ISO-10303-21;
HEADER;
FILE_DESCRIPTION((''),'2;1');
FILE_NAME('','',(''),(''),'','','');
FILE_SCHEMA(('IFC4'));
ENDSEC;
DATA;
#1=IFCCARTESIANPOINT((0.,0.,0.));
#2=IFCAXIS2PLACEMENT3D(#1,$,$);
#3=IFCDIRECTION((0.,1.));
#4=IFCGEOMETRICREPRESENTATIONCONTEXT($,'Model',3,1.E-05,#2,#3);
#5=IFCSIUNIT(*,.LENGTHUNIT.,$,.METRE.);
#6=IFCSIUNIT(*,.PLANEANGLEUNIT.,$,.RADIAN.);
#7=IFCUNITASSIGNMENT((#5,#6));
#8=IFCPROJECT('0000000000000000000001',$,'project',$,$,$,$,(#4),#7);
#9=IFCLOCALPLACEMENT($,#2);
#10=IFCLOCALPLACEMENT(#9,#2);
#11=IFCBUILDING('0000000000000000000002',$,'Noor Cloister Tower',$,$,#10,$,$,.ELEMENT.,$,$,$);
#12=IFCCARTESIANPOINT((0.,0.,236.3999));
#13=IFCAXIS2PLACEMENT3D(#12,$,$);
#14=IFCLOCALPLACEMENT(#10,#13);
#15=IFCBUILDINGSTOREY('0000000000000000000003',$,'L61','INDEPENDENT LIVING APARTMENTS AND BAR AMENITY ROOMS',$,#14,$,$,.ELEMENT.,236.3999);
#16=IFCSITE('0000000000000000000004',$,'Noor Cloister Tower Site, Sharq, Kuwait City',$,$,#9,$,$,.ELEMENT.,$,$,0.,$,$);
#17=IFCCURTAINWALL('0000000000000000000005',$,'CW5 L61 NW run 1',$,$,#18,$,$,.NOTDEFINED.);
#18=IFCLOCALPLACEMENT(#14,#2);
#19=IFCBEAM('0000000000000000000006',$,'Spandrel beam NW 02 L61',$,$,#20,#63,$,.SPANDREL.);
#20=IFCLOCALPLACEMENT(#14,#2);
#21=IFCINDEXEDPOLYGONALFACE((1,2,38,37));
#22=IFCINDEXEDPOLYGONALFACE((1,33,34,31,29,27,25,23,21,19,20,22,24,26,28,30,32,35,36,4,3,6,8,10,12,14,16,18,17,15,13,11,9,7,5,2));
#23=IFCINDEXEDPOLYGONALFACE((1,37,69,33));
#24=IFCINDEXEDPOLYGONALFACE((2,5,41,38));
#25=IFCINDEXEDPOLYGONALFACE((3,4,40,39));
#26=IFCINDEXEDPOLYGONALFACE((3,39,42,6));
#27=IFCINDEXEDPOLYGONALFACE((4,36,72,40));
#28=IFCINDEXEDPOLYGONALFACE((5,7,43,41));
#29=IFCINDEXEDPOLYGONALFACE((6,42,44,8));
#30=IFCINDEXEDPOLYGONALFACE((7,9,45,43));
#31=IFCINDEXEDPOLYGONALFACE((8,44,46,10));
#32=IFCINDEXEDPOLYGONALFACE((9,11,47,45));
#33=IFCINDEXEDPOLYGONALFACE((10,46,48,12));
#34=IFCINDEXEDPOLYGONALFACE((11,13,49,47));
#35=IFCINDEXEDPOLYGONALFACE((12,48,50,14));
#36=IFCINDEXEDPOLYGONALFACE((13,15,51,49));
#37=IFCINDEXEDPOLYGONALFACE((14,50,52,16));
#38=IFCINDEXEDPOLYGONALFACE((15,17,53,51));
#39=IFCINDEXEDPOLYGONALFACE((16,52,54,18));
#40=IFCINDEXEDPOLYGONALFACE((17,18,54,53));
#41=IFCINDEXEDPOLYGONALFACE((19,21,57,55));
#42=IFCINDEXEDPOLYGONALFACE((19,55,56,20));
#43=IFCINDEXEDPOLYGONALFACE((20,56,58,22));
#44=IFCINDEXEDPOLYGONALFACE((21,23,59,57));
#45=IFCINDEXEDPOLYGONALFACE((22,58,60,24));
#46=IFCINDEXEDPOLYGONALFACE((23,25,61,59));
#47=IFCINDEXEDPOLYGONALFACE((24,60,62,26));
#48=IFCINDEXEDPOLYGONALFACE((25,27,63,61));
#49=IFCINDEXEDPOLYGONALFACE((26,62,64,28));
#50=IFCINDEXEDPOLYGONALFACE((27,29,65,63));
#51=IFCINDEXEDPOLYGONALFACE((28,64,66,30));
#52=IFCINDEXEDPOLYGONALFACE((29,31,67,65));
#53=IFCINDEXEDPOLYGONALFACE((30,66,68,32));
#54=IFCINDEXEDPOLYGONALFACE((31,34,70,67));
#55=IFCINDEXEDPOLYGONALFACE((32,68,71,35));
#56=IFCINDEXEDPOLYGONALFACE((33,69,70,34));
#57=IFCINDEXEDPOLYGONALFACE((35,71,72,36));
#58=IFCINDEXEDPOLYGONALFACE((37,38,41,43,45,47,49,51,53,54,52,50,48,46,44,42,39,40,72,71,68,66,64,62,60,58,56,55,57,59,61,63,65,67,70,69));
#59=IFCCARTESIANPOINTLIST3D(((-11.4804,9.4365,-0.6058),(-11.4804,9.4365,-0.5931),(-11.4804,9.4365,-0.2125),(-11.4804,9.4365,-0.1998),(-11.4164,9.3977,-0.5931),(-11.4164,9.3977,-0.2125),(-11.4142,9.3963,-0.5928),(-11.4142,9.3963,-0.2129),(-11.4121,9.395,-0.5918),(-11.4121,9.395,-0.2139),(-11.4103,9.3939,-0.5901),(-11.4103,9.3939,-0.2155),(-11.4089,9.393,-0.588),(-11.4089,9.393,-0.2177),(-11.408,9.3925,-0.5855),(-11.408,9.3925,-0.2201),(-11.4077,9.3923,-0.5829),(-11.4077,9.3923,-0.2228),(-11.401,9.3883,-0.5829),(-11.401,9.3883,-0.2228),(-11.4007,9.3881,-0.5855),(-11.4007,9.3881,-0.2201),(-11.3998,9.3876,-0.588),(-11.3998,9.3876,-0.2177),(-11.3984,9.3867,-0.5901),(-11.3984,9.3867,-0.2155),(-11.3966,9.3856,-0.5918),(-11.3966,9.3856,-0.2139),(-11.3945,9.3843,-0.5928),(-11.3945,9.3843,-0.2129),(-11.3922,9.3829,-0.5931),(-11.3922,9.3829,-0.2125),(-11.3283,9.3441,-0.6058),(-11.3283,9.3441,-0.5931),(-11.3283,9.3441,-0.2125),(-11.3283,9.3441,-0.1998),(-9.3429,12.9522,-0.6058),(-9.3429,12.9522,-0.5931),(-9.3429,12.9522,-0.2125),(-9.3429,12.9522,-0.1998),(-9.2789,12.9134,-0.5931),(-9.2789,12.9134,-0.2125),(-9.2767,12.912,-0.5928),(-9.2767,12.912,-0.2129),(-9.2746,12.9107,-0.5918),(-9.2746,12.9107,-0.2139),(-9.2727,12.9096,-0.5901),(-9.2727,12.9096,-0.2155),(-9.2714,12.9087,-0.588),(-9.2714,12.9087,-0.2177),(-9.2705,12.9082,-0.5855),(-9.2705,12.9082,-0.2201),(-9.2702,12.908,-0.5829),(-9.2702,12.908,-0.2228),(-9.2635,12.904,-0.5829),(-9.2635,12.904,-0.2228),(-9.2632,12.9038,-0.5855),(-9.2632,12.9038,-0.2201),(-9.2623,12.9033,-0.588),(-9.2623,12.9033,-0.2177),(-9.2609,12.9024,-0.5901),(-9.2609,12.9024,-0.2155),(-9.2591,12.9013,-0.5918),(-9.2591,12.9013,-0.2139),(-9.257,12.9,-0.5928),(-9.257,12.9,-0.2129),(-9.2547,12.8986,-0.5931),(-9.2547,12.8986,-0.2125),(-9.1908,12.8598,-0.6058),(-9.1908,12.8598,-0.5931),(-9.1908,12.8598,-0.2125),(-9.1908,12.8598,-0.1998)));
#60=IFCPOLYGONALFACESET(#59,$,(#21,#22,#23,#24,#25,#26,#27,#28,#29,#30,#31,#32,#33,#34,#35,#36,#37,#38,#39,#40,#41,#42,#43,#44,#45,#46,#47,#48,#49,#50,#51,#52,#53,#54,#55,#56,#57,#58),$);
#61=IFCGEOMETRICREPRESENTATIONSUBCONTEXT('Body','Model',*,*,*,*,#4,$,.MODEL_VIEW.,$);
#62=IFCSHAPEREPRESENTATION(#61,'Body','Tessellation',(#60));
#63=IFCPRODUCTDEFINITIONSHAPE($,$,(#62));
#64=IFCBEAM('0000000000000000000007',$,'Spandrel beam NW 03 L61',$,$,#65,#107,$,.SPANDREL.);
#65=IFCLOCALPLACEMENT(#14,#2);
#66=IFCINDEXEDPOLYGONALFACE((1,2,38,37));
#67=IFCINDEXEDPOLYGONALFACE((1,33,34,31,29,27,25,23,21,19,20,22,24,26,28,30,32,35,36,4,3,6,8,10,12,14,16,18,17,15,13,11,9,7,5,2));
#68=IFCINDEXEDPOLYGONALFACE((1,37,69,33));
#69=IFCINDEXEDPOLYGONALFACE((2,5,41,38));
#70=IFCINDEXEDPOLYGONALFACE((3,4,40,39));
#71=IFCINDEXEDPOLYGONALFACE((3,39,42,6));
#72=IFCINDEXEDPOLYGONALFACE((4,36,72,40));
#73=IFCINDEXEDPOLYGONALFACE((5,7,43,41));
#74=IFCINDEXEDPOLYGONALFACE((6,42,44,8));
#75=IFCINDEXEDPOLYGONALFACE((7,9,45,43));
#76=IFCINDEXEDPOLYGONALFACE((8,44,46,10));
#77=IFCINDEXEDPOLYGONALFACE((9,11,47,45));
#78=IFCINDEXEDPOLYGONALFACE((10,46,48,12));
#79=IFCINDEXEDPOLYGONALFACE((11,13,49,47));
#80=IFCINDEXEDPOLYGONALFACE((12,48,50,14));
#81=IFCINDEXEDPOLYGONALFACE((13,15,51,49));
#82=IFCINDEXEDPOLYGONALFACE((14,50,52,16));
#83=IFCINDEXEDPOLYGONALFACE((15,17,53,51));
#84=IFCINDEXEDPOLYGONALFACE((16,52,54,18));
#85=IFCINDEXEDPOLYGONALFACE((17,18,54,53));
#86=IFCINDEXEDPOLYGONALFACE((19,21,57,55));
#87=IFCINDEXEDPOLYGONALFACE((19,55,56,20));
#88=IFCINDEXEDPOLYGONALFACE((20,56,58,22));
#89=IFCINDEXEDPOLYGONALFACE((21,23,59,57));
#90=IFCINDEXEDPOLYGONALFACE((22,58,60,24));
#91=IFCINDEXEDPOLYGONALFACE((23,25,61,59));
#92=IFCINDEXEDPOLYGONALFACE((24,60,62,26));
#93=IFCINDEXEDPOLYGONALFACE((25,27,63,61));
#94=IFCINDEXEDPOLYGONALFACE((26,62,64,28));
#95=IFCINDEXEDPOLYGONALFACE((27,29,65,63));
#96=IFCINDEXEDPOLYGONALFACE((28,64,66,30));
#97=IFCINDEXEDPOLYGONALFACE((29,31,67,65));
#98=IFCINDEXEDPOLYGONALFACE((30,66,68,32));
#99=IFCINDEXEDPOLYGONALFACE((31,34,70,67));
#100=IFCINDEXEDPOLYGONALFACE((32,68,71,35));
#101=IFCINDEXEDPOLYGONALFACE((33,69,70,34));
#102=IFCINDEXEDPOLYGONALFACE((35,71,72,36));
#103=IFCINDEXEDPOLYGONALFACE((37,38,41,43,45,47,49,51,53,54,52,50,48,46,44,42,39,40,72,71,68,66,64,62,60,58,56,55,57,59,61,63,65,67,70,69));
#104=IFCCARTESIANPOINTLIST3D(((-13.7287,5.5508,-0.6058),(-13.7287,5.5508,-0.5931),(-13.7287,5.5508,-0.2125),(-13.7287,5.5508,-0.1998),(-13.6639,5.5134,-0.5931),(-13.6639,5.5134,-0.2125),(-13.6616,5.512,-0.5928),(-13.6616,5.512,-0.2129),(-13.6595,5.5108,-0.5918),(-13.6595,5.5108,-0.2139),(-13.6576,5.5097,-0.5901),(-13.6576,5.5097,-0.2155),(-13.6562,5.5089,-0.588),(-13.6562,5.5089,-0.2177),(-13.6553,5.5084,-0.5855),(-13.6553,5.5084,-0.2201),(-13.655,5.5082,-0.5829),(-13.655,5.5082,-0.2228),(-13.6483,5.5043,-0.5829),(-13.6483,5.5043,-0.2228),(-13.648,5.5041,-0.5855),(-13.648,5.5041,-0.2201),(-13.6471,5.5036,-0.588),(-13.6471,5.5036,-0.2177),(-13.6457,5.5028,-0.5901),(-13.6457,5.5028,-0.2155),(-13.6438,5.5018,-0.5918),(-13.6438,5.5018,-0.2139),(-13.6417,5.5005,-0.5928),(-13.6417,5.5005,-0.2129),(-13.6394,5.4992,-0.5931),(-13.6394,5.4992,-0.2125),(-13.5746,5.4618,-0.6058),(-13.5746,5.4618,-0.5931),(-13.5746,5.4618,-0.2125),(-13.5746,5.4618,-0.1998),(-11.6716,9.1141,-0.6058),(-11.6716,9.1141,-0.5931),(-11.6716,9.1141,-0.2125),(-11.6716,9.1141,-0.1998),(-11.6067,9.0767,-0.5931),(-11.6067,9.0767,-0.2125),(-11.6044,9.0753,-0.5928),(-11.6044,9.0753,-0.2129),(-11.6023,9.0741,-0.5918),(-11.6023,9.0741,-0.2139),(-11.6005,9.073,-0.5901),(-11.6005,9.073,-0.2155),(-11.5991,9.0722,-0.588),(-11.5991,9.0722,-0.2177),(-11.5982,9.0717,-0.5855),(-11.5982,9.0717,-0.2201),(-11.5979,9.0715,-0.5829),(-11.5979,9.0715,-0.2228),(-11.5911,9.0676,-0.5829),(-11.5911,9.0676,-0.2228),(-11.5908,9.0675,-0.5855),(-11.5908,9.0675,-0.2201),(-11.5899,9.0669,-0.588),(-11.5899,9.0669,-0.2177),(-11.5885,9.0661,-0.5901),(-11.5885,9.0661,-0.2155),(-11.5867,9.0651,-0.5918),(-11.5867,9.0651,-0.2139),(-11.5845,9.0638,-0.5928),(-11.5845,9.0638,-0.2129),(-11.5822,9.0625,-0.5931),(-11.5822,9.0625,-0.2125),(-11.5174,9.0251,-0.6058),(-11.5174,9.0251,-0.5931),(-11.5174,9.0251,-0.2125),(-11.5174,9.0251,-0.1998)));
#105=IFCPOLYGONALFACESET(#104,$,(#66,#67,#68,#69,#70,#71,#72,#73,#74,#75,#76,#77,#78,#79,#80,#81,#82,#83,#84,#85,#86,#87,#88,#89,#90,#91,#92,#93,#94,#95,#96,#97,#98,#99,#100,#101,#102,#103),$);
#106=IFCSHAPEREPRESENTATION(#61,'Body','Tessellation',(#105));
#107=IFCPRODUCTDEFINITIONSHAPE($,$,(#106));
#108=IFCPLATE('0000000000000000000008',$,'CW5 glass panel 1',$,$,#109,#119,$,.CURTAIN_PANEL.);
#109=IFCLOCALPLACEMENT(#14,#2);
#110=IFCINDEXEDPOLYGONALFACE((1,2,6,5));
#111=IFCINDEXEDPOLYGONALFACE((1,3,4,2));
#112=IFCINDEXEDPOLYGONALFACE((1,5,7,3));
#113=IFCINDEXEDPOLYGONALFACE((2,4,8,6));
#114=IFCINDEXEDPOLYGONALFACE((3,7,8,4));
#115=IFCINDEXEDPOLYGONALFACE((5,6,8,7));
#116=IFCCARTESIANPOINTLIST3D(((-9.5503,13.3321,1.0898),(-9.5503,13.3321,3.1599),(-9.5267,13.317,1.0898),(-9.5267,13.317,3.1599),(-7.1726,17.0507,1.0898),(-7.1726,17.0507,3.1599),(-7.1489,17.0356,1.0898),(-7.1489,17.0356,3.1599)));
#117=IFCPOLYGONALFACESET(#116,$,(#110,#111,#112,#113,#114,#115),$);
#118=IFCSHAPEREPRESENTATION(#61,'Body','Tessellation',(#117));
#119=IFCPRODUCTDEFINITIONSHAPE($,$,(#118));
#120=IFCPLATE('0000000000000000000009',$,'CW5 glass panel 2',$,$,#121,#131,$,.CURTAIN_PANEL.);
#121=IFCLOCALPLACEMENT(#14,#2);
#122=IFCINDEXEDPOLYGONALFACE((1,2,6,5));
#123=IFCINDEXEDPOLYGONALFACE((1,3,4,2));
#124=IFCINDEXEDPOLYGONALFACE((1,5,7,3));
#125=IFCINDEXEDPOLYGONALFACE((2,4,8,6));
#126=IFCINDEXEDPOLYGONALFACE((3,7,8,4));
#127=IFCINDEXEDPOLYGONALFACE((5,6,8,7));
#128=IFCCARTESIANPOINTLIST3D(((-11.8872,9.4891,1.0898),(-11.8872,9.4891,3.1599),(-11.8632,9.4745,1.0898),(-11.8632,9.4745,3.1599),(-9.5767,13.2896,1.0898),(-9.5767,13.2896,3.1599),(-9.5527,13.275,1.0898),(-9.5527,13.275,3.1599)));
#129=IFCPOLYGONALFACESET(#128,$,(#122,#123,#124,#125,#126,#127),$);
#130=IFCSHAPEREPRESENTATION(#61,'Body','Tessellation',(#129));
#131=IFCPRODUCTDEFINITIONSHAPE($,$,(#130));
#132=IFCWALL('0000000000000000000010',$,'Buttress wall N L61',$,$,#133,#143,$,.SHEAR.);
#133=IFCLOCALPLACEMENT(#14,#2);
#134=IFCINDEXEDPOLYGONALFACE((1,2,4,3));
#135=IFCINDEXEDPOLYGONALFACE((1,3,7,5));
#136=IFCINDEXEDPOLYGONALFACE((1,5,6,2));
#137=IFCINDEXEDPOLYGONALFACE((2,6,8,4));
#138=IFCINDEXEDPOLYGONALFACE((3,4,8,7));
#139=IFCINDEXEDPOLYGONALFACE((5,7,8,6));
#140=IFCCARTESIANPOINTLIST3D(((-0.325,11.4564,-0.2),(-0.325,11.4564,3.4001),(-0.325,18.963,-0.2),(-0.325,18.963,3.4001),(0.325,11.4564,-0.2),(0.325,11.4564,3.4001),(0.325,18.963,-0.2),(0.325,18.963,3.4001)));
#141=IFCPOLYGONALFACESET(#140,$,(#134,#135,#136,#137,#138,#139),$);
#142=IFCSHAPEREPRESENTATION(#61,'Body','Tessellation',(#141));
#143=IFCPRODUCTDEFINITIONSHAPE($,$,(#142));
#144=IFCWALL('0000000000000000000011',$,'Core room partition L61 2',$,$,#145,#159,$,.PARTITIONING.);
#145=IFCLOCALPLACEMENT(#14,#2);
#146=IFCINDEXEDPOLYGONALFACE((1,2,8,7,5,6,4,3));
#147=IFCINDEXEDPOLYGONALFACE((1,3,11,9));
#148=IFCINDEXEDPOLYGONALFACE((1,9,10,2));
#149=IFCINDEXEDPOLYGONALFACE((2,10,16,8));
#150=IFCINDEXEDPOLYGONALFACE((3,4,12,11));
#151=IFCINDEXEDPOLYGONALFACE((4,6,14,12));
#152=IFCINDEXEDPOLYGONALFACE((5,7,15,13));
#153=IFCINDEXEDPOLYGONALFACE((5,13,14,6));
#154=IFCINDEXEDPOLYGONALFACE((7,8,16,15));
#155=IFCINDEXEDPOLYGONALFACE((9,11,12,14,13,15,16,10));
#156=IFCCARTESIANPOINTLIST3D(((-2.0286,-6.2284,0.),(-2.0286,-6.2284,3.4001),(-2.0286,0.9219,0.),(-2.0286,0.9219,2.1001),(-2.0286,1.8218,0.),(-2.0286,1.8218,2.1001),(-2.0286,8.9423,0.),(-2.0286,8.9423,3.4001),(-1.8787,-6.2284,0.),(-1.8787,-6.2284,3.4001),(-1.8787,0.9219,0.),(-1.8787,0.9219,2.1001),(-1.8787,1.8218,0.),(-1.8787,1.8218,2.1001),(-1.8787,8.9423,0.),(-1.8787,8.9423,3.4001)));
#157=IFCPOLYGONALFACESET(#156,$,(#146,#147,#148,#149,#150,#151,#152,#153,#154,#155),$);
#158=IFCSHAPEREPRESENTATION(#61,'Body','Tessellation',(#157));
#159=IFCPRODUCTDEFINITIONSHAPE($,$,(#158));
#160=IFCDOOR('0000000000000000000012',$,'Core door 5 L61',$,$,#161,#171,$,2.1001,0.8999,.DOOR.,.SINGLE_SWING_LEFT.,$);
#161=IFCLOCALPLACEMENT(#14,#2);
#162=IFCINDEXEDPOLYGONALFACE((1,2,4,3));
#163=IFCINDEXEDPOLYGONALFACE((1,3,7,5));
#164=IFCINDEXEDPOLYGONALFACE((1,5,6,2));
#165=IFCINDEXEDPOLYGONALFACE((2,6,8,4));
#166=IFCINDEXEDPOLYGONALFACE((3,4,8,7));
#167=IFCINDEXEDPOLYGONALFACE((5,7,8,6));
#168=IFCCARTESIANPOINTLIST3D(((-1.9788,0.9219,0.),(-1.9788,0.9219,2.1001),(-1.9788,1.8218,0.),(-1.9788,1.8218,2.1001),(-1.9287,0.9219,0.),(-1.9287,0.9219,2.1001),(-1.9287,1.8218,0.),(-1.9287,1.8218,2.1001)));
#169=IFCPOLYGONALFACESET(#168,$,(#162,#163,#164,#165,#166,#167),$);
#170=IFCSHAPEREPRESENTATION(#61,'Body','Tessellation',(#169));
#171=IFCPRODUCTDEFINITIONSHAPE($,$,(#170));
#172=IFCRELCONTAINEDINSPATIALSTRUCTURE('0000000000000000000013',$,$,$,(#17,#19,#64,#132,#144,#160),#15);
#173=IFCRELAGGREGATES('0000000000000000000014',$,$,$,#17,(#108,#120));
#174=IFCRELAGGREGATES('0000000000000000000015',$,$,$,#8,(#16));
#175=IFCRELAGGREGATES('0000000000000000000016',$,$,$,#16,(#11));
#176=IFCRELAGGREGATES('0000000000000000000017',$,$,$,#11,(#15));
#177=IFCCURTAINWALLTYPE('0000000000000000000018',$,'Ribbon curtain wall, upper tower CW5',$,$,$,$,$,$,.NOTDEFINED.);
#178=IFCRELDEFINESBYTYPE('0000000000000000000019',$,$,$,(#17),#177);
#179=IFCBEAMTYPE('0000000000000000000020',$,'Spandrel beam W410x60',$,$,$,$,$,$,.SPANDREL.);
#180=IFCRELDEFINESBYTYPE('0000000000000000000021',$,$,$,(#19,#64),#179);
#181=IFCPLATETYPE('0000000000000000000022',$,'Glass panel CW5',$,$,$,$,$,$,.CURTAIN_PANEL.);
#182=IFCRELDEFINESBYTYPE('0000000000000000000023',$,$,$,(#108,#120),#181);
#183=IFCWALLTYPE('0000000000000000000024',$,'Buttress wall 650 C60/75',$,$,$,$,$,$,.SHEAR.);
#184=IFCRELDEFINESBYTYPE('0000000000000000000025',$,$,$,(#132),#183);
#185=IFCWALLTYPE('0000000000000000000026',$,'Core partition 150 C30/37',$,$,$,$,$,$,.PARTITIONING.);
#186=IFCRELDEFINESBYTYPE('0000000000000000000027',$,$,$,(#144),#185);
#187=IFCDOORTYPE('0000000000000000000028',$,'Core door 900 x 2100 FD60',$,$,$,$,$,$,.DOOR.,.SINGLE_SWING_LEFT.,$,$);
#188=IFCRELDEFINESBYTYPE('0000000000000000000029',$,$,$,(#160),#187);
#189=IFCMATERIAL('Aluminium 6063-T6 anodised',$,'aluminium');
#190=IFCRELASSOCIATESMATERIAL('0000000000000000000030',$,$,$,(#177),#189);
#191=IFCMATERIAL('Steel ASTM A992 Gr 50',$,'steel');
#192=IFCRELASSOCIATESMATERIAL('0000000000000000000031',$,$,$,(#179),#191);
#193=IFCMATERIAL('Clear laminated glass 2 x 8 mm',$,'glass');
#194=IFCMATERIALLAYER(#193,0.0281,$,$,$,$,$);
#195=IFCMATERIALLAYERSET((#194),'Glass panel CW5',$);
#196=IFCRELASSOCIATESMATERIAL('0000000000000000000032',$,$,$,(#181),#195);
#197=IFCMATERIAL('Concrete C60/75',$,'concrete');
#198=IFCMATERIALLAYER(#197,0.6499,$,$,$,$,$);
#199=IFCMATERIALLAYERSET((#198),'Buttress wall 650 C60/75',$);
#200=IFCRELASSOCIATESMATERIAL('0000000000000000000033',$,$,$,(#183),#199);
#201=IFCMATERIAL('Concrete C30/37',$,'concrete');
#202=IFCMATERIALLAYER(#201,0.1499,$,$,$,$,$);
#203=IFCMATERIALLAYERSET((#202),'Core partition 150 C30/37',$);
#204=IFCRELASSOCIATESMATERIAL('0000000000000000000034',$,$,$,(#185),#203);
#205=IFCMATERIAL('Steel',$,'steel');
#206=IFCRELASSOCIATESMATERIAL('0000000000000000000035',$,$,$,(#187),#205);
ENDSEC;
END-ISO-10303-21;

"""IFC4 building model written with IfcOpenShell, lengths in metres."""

from ifc_helpers import new_model, si_unit, direction, frame, frame_2d, origin, origin_2d, place, context, subcontext, project, spatial, rectangle, i_section, extrude, material, layer, layer_set, material_profile, profile_set, type_object, element, fill, aggregate, save


model = new_model("IFC4")

# Units and contexts
model_context = context("Model", 3, precision=1e-05, world=origin(), true_north=direction((0.0, 1.0)))
body_context = subcontext(model_context, "Body", "Model", "MODEL_VIEW")
ifc_project = project(units=[si_unit("LENGTHUNIT", "METRE"), si_unit("PLANEANGLEUNIT", "RADIAN")], contexts=[model_context])

# Site, building, storey
site_placement = place(None, origin())
site = spatial("IfcSite", under=ifc_project, at=site_placement, Name="Noor Cloister Tower Site, Sharq, Kuwait City", CompositionType="ELEMENT", RefElevation=0.0)
building_placement = place(site_placement, origin())
building = spatial("IfcBuilding", under=site, at=building_placement, Name="Noor Cloister Tower", CompositionType="ELEMENT")
storey_placement = place(building_placement, frame((0.0, 0.0, 236.3999)))
storey = spatial("IfcBuildingStorey", under=building, at=storey_placement, Name="L61", Description="INDEPENDENT LIVING APARTMENTS AND BAR AMENITY ROOMS", CompositionType="ELEMENT", Elevation=236.3999)

# Curtain wall
ifc_material_1 = material(Name="Aluminium 6063-T6 anodised", Category="aluminium")
curtain_wall_type = type_object("IfcCurtainWallType", Name="Ribbon curtain wall, upper tower CW5", PredefinedType="NOTDEFINED", material=ifc_material_1)
curtain_wall_placement = place(storey_placement, origin())
curtain_wall = element("IfcCurtainWall", 1, at=curtain_wall_placement, inside=storey, type_object=curtain_wall_type, Name="CW5 L61 NW run 1", PredefinedType="NOTDEFINED")

# Beams
ifc_material_2 = material(Name="Steel ASTM A992 Gr 50", Category="steel")
ifc_material_profile_1 = material_profile(ifc_material_2, i_section(OverallWidth=0.178, OverallDepth=0.406, WebThickness=0.0078, FlangeThickness=0.0127, FilletRadius=0.0103, at=origin_2d()), Name="W410x60")
ifc_profile_set_1 = profile_set([ifc_material_profile_1], Name="Steel ASTM A992 Gr 50")
beam_type_1 = type_object("IfcBeamType", Name="Spandrel beam W410x60", PredefinedType="SPANDREL", material=ifc_profile_set_1)
for number, where, z_axis, x_axis, name in (
    (2, (-9.2668, 12.906, -0.4028), (-0.519505, -0.854468, 0.0), (0.854468, -0.519505, 0.0), "Spandrel beam NW 02 L61"),
    (3, (-11.5945, 9.0696, -0.4028), (-0.499981, -0.866036, 0.0), (0.866036, -0.499981, 0.0), "Spandrel beam NW 03 L61"),
):
    element("IfcBeam", number, at=place(storey_placement, frame(where, z_axis=z_axis, x_axis=x_axis)), inside=storey, type_object=beam_type_1, Name=name, PredefinedType="SPANDREL", context=body_context, shape_type="SweptSolid", body=[
        extrude(i_section(OverallWidth=0.178, OverallDepth=0.406, WebThickness=0.0078, FlangeThickness=0.0127, FilletRadius=0.0103, at=origin_2d()), origin(), (0.0, 0.0, 1.0), 4.1145),
    ])

# Plates
ifc_material_3 = material(Name="Clear laminated glass 2 x 8 mm", Category="glass")
ifc_layer_1 = layer(ifc_material_3, 0.0281)
ifc_layer_set_1 = layer_set([ifc_layer_1], Name="Glass panel CW5")
plate_type = type_object("IfcPlateType", Name="Glass panel CW5", PredefinedType="CURTAIN_PANEL", material=ifc_layer_set_1)
plate_1_placement = place(storey_placement, frame((-8.3496, 15.1838, 1.0898), z_axis=(0.0, 0.0, 1.0), x_axis=(-0.538705, -0.842494, 0.0)))
plate_1 = element("IfcPlate", 4, at=plate_1_placement, type_object=plate_type, Name="CW5 glass panel 1", PredefinedType="CURTAIN_PANEL", context=body_context, shape_type="SweptSolid", body=[
    extrude(rectangle(XDim=4.4138, YDim=0.0281, at=origin_2d()), origin(), (0.0, 0.0, 1.0), 2.0701),
])
plate_2_placement = place(storey_placement, frame((-10.72, 11.3821, 1.0898), z_axis=(0.0, 0.0, 1.0), x_axis=(-0.519486, -0.854479, 0.0)))
plate_2 = element("IfcPlate", 5, at=plate_2_placement, type_object=plate_type, Name="CW5 glass panel 2", PredefinedType="CURTAIN_PANEL", context=body_context, shape_type="SweptSolid", body=[
    extrude(rectangle(XDim=4.4478, YDim=0.0281, at=origin_2d()), origin(), (0.0, 0.0, 1.0), 2.0701),
])
aggregate(curtain_wall, [plate_1, plate_2])

# Wall
ifc_material_4 = material(Name="Concrete C60/75", Category="concrete")
ifc_layer_2 = layer(ifc_material_4, 0.6499)
ifc_layer_set_2 = layer_set([ifc_layer_2], Name="Buttress wall 650 C60/75")
wall_type_1 = type_object("IfcWallType", Name="Buttress wall 650 C60/75", PredefinedType="SHEAR", material=ifc_layer_set_2)
wall_1_placement = place(storey_placement, frame((0.0, 11.4563, -0.2), z_axis=(0.0, 0.0, 1.0), x_axis=(0.0, 1.0, 0.0)))
element("IfcWall", 6, at=wall_1_placement, inside=storey, type_object=wall_type_1, Name="Buttress wall N L61", PredefinedType="SHEAR", context=body_context, shape_type="SweptSolid", body=[
    extrude(rectangle(XDim=7.5066, YDim=0.6499, at=frame_2d((3.7534, 0.0))), origin(), (0.0, 0.0, 1.0), 3.6001),
])

# Wall, opening, door
ifc_material_5 = material(Name="Concrete C30/37", Category="concrete")
ifc_layer_3 = layer(ifc_material_5, 0.1499)
ifc_layer_set_3 = layer_set([ifc_layer_3], Name="Core partition 150 C30/37")
wall_type_2 = type_object("IfcWallType", Name="Core partition 150 C30/37", PredefinedType="PARTITIONING", material=ifc_layer_set_3)
wall_2_placement = place(storey_placement, frame((-1.9536, 8.9424, 0.0), z_axis=(0.0, 0.0, 1.0), x_axis=(0.0, -1.0, 0.0)))
wall_2 = element("IfcWall", 7, at=wall_2_placement, inside=storey, type_object=wall_type_2, Name="Core room partition L61 2", PredefinedType="PARTITIONING", context=body_context, shape_type="SweptSolid", body=[
    extrude(rectangle(XDim=15.1707, YDim=0.1499, at=frame_2d((7.5854, 0.0))), origin(), (0.0, 0.0, 1.0), 3.4001),
])
opening_1_placement = place(wall_2_placement, frame((7.1206, 0.0, 0.0)))
opening_1 = element("IfcOpeningElement", 8, at=opening_1_placement, cuts=wall_2, PredefinedType="OPENING", context=body_context, shape_type="SweptSolid", body=[
    extrude(rectangle(XDim=0.8999, YDim=2.1001, at=frame_2d((0.45, 1.05))), frame((0.0, 0.085, 0.0), z_axis=(0.0, -1.0, 0.0), x_axis=(1.0, 0.0, 0.0)), (0.0, 0.0, 1.0), 0.1699),
])
ifc_material_6 = material(Name="Steel", Category="steel")
door_type_1 = type_object("IfcDoorType", Name="Core door 900 x 2100 FD60", OperationType="SINGLE_SWING_LEFT", PredefinedType="DOOR", material=ifc_material_6)
door_1_placement = place(opening_1_placement, origin())
door_1 = element("IfcDoor", 9, at=door_1_placement, inside=storey, type_object=door_type_1, Name="Core door 5 L61", OperationType="SINGLE_SWING_LEFT", OverallHeight=2.1001, OverallWidth=0.8999, PredefinedType="DOOR", context=body_context, shape_type="SweptSolid", body=[
    extrude(rectangle(XDim=0.8999, YDim=2.1001, at=frame_2d((0.45, 1.05))), frame((0.0, 0.0249, 0.0), z_axis=(0.0, -1.0, 0.0), x_axis=(1.0, 0.0, 0.0)), (0.0, 0.0, 1.0), 0.05),
])
fill(opening_1, door_1)

save(model, "model.ifc")
